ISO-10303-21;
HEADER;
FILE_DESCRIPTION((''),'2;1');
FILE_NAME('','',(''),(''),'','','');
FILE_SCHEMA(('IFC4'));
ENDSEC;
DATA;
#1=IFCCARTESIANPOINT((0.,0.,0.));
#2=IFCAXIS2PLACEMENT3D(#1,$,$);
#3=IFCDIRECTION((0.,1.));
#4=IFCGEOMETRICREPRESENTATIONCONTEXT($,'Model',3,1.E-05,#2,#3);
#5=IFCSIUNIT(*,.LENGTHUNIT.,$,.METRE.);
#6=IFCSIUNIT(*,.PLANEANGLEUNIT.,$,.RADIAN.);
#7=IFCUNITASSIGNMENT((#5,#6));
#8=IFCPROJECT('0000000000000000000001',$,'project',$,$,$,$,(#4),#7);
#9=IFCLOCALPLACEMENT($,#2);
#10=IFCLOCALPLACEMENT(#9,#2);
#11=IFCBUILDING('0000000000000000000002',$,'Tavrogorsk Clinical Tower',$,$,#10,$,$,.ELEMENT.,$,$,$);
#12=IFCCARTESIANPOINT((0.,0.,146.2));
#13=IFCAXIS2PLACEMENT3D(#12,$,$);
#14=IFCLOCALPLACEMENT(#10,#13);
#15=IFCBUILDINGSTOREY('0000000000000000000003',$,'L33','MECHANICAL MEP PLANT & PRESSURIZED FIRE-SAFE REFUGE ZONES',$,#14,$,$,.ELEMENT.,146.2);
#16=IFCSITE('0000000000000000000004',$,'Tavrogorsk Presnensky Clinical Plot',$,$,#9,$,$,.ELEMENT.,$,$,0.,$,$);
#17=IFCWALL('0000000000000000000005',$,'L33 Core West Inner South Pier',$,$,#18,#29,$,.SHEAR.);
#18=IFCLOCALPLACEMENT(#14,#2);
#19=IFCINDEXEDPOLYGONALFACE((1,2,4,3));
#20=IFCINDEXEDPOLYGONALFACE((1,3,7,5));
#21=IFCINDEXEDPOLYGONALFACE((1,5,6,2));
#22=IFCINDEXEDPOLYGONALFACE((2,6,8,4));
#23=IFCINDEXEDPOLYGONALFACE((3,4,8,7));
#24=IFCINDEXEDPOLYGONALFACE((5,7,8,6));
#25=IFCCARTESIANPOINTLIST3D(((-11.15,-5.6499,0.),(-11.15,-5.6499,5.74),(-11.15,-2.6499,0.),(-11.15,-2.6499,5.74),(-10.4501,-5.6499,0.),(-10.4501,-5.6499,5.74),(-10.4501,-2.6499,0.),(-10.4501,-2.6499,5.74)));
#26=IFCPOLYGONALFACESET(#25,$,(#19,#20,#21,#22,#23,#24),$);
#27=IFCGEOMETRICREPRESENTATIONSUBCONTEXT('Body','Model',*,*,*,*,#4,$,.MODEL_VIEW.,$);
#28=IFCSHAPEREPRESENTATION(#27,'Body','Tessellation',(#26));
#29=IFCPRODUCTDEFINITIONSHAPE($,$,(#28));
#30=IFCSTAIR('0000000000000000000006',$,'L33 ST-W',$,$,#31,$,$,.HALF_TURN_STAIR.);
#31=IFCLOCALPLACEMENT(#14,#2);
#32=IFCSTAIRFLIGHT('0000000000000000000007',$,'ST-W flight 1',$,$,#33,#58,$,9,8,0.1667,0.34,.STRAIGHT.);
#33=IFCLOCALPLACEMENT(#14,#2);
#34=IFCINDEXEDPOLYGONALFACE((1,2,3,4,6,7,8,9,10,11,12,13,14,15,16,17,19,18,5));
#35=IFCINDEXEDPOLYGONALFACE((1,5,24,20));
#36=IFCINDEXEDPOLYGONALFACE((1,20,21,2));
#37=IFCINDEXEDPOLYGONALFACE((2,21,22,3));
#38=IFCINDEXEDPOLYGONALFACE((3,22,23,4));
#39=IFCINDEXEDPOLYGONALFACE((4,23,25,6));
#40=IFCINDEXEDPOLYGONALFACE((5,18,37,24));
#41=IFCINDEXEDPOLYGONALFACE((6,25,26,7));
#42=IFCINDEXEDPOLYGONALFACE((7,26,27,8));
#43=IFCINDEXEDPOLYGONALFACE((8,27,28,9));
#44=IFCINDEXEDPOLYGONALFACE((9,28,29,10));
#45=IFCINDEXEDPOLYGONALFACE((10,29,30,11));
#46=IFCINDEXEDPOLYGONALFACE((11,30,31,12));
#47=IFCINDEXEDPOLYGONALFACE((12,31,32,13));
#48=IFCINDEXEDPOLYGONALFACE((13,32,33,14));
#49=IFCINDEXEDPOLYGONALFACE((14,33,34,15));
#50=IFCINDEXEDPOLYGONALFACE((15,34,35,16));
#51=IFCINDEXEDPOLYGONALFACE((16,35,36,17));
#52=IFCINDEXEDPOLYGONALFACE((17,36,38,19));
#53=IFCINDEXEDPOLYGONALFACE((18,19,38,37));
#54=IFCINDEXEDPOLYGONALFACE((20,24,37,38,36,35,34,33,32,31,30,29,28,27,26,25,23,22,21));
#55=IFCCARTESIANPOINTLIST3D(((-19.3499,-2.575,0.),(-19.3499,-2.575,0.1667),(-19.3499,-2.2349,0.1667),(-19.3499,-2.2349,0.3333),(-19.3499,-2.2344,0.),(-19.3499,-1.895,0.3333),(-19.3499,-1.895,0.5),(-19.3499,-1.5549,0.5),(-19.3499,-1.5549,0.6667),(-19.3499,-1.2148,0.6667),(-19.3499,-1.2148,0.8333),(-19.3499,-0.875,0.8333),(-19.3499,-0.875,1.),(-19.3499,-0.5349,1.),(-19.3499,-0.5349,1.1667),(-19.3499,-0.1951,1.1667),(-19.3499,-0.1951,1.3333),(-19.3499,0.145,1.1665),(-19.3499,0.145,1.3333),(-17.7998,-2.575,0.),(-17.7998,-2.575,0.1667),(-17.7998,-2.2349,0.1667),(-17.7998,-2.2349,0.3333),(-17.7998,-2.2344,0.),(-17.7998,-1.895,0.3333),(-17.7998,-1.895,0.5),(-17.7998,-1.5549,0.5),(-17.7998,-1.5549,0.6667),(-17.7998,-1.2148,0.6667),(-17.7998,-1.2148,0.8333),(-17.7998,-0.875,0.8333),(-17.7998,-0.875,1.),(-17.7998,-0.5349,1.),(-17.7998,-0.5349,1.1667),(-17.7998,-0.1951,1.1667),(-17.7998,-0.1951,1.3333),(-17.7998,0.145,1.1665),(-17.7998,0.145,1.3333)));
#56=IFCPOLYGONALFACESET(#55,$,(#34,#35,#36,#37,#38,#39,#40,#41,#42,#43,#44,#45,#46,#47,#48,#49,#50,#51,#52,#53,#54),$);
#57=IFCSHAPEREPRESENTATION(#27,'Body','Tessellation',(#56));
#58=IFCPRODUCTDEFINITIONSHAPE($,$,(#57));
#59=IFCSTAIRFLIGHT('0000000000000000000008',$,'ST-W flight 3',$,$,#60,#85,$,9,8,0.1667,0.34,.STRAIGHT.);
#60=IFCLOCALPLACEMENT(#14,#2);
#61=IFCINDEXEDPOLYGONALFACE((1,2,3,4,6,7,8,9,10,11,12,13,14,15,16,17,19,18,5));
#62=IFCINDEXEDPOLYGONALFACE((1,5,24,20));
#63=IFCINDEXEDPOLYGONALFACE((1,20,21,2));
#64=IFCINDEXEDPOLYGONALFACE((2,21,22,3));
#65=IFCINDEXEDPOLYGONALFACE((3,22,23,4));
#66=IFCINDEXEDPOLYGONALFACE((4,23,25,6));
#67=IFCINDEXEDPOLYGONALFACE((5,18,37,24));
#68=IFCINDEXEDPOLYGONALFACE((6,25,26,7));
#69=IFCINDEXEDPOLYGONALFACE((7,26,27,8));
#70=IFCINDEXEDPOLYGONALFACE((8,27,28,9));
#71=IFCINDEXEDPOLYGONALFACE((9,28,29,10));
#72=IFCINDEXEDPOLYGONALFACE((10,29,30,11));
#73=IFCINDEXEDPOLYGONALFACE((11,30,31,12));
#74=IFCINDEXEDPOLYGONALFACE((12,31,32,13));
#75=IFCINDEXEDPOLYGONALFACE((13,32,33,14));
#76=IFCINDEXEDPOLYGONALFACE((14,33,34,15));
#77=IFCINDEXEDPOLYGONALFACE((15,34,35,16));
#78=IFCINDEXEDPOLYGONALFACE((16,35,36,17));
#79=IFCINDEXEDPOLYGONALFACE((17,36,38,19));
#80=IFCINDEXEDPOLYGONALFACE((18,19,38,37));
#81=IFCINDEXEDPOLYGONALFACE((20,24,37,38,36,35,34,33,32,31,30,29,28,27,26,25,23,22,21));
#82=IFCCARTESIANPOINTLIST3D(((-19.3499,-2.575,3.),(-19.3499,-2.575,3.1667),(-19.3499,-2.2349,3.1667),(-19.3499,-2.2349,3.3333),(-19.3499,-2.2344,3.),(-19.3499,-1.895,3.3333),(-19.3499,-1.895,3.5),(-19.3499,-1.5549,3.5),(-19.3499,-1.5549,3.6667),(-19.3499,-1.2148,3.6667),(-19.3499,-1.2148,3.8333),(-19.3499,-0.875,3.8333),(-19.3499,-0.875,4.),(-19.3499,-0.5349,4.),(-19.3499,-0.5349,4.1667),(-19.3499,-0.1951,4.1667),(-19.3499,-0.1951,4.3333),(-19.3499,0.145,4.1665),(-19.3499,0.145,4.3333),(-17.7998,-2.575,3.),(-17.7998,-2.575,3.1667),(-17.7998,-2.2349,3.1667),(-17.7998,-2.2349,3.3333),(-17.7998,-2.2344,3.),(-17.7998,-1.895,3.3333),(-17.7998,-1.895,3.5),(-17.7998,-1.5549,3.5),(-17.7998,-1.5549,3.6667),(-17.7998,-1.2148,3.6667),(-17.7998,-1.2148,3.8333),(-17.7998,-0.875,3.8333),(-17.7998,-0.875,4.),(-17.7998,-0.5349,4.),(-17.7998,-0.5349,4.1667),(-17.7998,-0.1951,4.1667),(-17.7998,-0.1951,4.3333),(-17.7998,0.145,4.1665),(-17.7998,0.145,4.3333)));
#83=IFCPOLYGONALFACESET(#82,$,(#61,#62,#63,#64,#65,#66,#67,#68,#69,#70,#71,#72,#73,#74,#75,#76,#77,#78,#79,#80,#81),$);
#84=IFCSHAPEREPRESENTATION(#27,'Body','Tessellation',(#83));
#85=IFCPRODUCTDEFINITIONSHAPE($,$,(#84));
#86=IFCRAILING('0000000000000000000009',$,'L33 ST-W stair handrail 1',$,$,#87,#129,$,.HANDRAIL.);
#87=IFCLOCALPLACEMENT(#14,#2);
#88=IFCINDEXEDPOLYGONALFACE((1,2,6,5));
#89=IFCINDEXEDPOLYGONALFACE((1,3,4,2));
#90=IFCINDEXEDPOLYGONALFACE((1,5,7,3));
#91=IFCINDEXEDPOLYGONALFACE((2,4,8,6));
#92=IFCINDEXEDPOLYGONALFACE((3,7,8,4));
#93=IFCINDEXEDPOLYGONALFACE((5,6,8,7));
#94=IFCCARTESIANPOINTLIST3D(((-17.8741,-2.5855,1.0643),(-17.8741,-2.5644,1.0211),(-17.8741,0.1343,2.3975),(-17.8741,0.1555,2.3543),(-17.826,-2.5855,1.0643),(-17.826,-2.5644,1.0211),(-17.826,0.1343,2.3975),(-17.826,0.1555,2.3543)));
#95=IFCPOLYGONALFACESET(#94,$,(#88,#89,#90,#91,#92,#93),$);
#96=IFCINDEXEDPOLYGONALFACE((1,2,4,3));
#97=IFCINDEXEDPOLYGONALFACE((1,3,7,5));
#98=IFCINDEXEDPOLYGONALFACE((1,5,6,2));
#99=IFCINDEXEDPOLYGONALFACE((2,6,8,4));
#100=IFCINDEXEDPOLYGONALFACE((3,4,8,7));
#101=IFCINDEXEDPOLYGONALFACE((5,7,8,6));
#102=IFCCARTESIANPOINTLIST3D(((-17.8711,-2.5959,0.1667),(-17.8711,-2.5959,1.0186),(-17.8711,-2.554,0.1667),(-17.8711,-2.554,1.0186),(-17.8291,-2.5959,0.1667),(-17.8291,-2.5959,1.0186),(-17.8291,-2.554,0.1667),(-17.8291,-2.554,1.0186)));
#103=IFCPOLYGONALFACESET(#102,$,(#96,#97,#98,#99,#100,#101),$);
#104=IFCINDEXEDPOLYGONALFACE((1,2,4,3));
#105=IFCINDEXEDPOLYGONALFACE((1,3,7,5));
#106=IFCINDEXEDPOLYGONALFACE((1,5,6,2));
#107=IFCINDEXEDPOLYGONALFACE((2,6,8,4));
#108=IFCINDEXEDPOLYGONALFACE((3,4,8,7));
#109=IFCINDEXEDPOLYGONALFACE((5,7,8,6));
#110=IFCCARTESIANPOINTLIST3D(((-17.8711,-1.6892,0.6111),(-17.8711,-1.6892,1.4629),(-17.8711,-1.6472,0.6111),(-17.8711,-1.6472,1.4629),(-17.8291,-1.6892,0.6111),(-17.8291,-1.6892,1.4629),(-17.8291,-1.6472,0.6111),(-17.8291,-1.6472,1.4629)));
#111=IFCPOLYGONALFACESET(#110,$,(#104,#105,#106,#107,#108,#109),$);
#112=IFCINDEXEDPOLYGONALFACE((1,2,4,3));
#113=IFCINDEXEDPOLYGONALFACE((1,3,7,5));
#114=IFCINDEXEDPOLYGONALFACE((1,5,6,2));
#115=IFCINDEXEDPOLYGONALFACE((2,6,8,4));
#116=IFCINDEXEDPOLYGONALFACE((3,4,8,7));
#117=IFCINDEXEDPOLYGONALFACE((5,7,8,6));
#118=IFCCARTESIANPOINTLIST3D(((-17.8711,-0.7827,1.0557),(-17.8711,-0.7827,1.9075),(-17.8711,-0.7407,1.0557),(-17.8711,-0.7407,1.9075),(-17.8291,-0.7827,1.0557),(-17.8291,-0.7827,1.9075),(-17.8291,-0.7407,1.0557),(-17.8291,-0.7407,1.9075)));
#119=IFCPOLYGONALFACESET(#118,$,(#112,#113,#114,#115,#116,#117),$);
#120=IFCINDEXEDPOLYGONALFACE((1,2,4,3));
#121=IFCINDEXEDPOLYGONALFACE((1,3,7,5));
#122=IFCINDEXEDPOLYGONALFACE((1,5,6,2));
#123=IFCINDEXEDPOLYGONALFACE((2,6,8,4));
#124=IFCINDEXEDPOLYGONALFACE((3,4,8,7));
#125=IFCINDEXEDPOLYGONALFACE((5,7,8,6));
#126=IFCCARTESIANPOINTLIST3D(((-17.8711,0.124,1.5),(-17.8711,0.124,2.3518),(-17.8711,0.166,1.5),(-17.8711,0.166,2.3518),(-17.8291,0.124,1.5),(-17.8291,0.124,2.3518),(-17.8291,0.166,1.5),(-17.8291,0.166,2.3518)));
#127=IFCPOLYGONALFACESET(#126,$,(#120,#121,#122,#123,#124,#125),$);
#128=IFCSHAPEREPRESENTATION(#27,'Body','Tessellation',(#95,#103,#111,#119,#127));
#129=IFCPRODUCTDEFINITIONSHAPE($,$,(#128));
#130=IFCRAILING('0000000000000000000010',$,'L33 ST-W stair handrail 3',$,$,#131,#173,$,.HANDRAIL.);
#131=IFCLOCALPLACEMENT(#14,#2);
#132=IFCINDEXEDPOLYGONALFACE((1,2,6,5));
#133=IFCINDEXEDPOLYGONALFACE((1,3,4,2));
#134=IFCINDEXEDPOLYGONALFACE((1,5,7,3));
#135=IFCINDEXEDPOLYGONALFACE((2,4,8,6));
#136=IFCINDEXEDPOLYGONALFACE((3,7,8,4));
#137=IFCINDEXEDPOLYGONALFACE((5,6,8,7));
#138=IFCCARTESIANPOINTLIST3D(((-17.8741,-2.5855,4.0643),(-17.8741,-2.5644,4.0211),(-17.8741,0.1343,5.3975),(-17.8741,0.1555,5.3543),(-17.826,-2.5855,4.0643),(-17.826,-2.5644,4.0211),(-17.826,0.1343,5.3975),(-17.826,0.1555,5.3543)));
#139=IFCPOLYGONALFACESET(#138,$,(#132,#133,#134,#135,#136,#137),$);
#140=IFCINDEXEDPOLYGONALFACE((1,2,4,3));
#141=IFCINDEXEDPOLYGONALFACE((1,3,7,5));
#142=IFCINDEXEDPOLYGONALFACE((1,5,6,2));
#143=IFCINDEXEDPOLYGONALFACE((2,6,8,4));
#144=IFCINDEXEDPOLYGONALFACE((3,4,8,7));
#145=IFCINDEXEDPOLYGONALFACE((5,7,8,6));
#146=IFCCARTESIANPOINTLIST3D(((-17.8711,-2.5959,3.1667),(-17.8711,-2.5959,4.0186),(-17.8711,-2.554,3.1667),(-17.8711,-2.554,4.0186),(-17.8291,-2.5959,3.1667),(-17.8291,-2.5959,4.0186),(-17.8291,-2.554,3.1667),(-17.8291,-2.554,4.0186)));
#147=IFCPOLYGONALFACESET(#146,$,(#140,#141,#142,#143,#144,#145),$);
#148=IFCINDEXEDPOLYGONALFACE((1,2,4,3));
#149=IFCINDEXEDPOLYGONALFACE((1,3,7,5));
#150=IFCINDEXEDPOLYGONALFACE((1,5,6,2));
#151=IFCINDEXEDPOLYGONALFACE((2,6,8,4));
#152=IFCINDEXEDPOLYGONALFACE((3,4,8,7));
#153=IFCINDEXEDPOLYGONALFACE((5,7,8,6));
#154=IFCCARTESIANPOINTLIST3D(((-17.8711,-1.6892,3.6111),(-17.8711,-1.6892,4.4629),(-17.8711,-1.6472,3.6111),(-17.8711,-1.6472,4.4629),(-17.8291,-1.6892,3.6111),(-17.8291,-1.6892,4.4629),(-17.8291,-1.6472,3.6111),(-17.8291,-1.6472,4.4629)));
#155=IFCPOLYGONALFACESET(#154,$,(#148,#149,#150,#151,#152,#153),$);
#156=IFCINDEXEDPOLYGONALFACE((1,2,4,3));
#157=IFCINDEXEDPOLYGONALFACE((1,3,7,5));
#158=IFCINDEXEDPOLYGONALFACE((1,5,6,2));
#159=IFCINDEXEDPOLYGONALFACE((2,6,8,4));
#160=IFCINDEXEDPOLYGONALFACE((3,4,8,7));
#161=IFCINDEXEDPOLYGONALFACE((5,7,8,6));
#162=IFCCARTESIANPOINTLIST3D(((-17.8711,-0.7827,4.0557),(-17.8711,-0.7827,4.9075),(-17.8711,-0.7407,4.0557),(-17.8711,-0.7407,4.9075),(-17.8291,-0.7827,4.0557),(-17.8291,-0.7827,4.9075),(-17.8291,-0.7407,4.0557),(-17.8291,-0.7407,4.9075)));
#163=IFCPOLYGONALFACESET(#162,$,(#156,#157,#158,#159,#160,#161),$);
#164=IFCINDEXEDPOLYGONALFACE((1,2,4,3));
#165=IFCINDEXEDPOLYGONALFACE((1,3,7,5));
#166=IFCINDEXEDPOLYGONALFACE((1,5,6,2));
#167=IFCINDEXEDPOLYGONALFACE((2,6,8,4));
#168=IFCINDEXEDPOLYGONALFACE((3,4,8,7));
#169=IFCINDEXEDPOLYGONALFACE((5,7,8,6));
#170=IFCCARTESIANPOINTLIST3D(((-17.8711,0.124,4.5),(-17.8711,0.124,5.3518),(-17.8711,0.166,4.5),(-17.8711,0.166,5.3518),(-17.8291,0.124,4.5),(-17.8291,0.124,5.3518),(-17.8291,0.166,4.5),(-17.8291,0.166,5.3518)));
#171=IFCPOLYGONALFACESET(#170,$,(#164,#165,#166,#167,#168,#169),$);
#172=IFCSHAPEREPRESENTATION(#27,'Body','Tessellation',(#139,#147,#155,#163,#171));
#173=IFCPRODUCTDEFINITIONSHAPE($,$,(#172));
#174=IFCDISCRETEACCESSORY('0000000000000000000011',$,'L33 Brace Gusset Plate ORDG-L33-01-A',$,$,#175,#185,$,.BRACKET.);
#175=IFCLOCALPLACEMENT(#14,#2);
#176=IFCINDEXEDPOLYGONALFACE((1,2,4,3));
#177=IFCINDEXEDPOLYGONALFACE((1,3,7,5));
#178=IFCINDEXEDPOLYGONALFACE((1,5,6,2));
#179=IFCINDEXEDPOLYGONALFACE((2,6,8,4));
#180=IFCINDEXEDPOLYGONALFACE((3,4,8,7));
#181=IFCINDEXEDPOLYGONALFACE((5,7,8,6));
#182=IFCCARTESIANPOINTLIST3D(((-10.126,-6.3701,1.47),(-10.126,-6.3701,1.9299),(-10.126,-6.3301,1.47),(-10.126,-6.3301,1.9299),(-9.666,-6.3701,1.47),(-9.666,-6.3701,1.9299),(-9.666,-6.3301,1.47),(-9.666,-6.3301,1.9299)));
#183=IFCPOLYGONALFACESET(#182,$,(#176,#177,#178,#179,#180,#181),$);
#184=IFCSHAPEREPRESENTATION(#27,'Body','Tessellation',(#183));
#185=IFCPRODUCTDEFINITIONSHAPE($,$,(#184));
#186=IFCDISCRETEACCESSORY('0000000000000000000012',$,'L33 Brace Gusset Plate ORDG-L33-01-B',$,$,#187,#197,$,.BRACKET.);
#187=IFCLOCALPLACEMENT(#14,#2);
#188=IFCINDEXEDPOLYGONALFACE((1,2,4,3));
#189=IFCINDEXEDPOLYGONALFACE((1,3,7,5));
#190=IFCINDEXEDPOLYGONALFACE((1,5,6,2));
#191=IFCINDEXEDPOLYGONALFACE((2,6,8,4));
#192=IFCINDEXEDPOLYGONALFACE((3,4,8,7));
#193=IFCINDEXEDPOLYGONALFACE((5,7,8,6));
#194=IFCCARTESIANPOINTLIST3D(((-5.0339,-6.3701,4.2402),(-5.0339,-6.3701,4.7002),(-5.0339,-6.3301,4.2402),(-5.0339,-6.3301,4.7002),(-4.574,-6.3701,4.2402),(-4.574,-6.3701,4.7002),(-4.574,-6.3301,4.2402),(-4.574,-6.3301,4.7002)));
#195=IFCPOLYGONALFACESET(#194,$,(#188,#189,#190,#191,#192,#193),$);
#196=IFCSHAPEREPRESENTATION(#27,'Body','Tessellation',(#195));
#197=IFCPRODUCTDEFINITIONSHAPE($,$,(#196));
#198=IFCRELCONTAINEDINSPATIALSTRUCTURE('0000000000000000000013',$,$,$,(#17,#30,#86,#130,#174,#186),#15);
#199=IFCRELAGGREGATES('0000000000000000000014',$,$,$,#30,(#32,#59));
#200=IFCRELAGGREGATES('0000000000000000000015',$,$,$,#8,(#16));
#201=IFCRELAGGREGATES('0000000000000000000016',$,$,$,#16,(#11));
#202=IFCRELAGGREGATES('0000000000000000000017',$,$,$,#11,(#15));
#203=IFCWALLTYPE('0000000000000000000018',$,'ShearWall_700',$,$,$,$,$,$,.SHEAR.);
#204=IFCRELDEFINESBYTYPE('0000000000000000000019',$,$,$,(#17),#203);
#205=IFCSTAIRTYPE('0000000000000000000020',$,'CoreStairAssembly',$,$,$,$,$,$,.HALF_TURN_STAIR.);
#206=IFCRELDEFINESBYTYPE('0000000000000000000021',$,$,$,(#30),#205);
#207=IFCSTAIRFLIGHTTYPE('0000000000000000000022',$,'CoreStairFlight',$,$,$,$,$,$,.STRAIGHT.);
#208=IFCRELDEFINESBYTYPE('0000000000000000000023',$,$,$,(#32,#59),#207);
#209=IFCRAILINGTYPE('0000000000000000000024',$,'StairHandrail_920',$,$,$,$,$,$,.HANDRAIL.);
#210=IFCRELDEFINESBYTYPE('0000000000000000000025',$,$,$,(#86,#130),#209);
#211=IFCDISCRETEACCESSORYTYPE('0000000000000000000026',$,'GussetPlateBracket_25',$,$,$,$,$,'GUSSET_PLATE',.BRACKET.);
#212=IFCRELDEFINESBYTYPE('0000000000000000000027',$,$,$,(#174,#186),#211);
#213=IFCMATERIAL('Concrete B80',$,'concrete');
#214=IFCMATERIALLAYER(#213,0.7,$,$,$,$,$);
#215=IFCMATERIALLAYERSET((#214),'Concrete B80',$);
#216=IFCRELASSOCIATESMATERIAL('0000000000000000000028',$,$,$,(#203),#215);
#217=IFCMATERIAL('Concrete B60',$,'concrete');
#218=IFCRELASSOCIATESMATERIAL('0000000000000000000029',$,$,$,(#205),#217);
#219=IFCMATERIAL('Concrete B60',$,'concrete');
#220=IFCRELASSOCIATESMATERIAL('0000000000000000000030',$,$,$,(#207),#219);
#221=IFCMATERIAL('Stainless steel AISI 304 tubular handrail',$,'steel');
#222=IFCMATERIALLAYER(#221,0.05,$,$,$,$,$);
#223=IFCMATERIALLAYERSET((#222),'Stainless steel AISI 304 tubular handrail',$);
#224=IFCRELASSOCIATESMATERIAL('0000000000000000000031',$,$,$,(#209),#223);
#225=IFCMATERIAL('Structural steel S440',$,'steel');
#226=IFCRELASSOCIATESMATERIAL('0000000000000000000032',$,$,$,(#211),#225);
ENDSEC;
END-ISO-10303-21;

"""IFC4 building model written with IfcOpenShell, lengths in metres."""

from ifc_helpers import new_model, si_unit, direction, frame, frame_2d, origin, origin_2d, place, context, subcontext, project, spatial, polyline, rectangle, outline, extrude, material, layer, layer_set, type_object, element, aggregate, save


model = new_model("IFC4")

# Units and contexts
model_context = context("Model", 3, precision=1e-05, world=origin(), true_north=direction((0.0, 1.0)))
body_context = subcontext(model_context, "Body", "Model", "MODEL_VIEW")
ifc_project = project(units=[si_unit("LENGTHUNIT", "METRE"), si_unit("PLANEANGLEUNIT", "RADIAN")], contexts=[model_context])

# Site, building, storey
site_placement = place(None, origin())
site = spatial("IfcSite", under=ifc_project, at=site_placement, Name="Tavrogorsk Presnensky Clinical Plot", CompositionType="ELEMENT", RefElevation=0.0)
building_placement = place(site_placement, origin())
building = spatial("IfcBuilding", under=site, at=building_placement, Name="Tavrogorsk Clinical Tower", CompositionType="ELEMENT")
storey_placement = place(building_placement, frame((0.0, 0.0, 146.2)))
storey = spatial("IfcBuildingStorey", under=building, at=storey_placement, Name="L33", Description="MECHANICAL MEP PLANT & PRESSURIZED FIRE-SAFE REFUGE ZONES", CompositionType="ELEMENT", Elevation=146.2)

# Wall
ifc_material_1 = material(Name="Concrete B80", Category="concrete")
ifc_layer_1 = layer(ifc_material_1, 0.7)
ifc_layer_set_1 = layer_set([ifc_layer_1], Name="Concrete B80")
wall_type_1 = type_object("IfcWallType", Name="ShearWall_700", PredefinedType="SHEAR", material=ifc_layer_set_1)
wall_1_placement = place(storey_placement, frame((-10.8, -5.6499, 0.0), z_axis=(0.0, 0.0, 1.0), x_axis=(0.0, 1.0, 0.0)))
element("IfcWall", 1, at=wall_1_placement, inside=storey, type_object=wall_type_1, Name="L33 Core West Inner South Pier", PredefinedType="SHEAR", context=body_context, shape_type="SweptSolid", body=[
    extrude(rectangle(XDim=3.0, YDim=0.7, at=frame_2d((1.5, 0.0))), origin(), (0.0, 0.0, 1.0), 5.74),
])

# Stair, stair flights
ifc_material_2 = material(Name="Concrete B60", Category="concrete")
stair_type = type_object("IfcStairType", Name="CoreStairAssembly", PredefinedType="HALF_TURN_STAIR", material=ifc_material_2)
stair_placement = place(storey_placement, origin())
stair = element("IfcStair", 2, at=stair_placement, inside=storey, type_object=stair_type, Name="L33 ST-W", PredefinedType="HALF_TURN_STAIR")
ifc_material_3 = material(Name="Concrete B60", Category="concrete")
stair_flight_type = type_object("IfcStairFlightType", Name="CoreStairFlight", PredefinedType="STRAIGHT", material=ifc_material_3)
stair_flight_1_placement = place(storey_placement, frame((-18.575, -2.575, 0.0), z_axis=(0.0, 0.0, 1.0), x_axis=(0.0, 1.0, 0.0)))
stair_flight_1 = element("IfcStairFlight", 3, at=stair_flight_1_placement, type_object=stair_flight_type, Name="ST-W flight 1", NumberOfRisers=9, NumberOfTreads=8, PredefinedType="STRAIGHT", RiserHeight=0.1667, TreadLength=0.34, context=body_context, shape_type="SweptSolid", body=[
    extrude(outline(polyline([(0.0, 0.0), (0.0, 0.1667), (0.3401, 0.1667), (0.3401, 0.3333), (0.6799, 0.3333), (0.6799, 0.5), (1.02, 0.5), (1.02, 0.6667), (1.3601, 0.6667), (1.3601, 0.8333), (1.7, 0.8333), (1.7, 1.0), (2.04, 1.0), (2.04, 1.1667), (2.3799, 1.1667), (2.3799, 1.3333), (2.72, 1.3333), (2.72, 1.5), (2.72, 1.1665), (0.3406, 0.0), (0.0, 0.0)])), frame((0.0, 0.7749, 0.0), z_axis=(0.0, -1.0, 0.0), x_axis=(1.0, 0.0, 0.0)), (0.0, 0.0, 1.0), 1.55),
])
stair_flight_2_placement = place(storey_placement, frame((-18.575, -2.575, 3.0), z_axis=(0.0, 0.0, 1.0), x_axis=(0.0, 1.0, 0.0)))
stair_flight_2 = element("IfcStairFlight", 4, at=stair_flight_2_placement, type_object=stair_flight_type, Name="ST-W flight 3", NumberOfRisers=9, NumberOfTreads=8, PredefinedType="STRAIGHT", RiserHeight=0.1667, TreadLength=0.34, context=body_context, shape_type="SweptSolid", body=[
    extrude(outline(polyline([(0.0, 0.0), (0.0, 0.1667), (0.3401, 0.1667), (0.3401, 0.3333), (0.6799, 0.3333), (0.6799, 0.5), (1.02, 0.5), (1.02, 0.6667), (1.3601, 0.6667), (1.3601, 0.8333), (1.7, 0.8333), (1.7, 1.0), (2.04, 1.0), (2.04, 1.1667), (2.3799, 1.1667), (2.3799, 1.3333), (2.72, 1.3333), (2.72, 1.5), (2.72, 1.1665), (0.3406, 0.0), (0.0, 0.0)])), frame((0.0, 0.7749, 0.0), z_axis=(0.0, -1.0, 0.0), x_axis=(1.0, 0.0, 0.0)), (0.0, 0.0, 1.0), 1.55),
])
aggregate(stair, [stair_flight_1, stair_flight_2])

# Railings
ifc_material_4 = material(Name="Stainless steel AISI 304 tubular handrail", Category="steel")
ifc_layer_2 = layer(ifc_material_4, 0.05)
ifc_layer_set_2 = layer_set([ifc_layer_2], Name="Stainless steel AISI 304 tubular handrail")
railing_type = type_object("IfcRailingType", Name="StairHandrail_920", PredefinedType="HANDRAIL", material=ifc_layer_set_2)
for number, where, name in (
    (5, (-17.8501, -2.575, 0.1667), "L33 ST-W stair handrail 1"),
    (6, (-17.8501, -2.575, 3.1667), "L33 ST-W stair handrail 3"),
):
    element("IfcRailing", number, at=place(storey_placement, frame(where)), inside=storey, type_object=railing_type, Name=name, PredefinedType="HANDRAIL", context=body_context, shape_type="SweptSolid", body=[
        extrude(rectangle(XDim=0.0481, YDim=0.0481, at=origin_2d()), frame((0.0, 0.0, 0.876), z_axis=(0.0, 0.897929, 0.440139), x_axis=(-1.0, 0.0, 0.0)), (0.0, 0.0, 1.0), 3.0291),
        extrude(rectangle(XDim=0.042, YDim=0.042, at=origin_2d()), origin(), (0.0, 0.0, 1.0), 0.8518),
        extrude(rectangle(XDim=0.042, YDim=0.042, at=origin_2d()), frame((0.0, 0.9067, 0.4443)), (0.0, 0.0, 1.0), 0.8518),
        extrude(rectangle(XDim=0.042, YDim=0.042, at=origin_2d()), frame((0.0, 1.8132, 0.8889)), (0.0, 0.0, 1.0), 0.8518),
        extrude(rectangle(XDim=0.042, YDim=0.042, at=origin_2d()), frame((0.0, 2.72, 1.3333)), (0.0, 0.0, 1.0), 0.8518),
    ])

# Discrete accessories
ifc_material_5 = material(Name="Structural steel S440", Category="steel")
discrete_accessory_type = type_object("IfcDiscreteAccessoryType", Name="GussetPlateBracket_25", ElementType="GUSSET_PLATE", PredefinedType="BRACKET", material=ifc_material_5)
for number, where, z_axis, x_axis, name in (
    (7, (-9.896, -6.3501, 1.47), (0.0, 0.0, 1.0), (1.0, 0.0, 0.0), "L33 Brace Gusset Plate ORDG-L33-01-A"),
    (8, (-4.804, -6.3501, 4.2402), (0.0, 0.0, 1.0), (1.0, 0.0, 0.0), "L33 Brace Gusset Plate ORDG-L33-01-B"),
):
    element("IfcDiscreteAccessory", number, at=place(storey_placement, frame(where, z_axis=z_axis, x_axis=x_axis)), inside=storey, type_object=discrete_accessory_type, Name=name, PredefinedType="BRACKET", context=body_context, shape_type="SweptSolid", body=[
        extrude(rectangle(XDim=0.46, YDim=0.04, at=origin_2d()), origin(), (0.0, 0.0, 1.0), 0.46),
    ])

save(model, "model.ifc")
